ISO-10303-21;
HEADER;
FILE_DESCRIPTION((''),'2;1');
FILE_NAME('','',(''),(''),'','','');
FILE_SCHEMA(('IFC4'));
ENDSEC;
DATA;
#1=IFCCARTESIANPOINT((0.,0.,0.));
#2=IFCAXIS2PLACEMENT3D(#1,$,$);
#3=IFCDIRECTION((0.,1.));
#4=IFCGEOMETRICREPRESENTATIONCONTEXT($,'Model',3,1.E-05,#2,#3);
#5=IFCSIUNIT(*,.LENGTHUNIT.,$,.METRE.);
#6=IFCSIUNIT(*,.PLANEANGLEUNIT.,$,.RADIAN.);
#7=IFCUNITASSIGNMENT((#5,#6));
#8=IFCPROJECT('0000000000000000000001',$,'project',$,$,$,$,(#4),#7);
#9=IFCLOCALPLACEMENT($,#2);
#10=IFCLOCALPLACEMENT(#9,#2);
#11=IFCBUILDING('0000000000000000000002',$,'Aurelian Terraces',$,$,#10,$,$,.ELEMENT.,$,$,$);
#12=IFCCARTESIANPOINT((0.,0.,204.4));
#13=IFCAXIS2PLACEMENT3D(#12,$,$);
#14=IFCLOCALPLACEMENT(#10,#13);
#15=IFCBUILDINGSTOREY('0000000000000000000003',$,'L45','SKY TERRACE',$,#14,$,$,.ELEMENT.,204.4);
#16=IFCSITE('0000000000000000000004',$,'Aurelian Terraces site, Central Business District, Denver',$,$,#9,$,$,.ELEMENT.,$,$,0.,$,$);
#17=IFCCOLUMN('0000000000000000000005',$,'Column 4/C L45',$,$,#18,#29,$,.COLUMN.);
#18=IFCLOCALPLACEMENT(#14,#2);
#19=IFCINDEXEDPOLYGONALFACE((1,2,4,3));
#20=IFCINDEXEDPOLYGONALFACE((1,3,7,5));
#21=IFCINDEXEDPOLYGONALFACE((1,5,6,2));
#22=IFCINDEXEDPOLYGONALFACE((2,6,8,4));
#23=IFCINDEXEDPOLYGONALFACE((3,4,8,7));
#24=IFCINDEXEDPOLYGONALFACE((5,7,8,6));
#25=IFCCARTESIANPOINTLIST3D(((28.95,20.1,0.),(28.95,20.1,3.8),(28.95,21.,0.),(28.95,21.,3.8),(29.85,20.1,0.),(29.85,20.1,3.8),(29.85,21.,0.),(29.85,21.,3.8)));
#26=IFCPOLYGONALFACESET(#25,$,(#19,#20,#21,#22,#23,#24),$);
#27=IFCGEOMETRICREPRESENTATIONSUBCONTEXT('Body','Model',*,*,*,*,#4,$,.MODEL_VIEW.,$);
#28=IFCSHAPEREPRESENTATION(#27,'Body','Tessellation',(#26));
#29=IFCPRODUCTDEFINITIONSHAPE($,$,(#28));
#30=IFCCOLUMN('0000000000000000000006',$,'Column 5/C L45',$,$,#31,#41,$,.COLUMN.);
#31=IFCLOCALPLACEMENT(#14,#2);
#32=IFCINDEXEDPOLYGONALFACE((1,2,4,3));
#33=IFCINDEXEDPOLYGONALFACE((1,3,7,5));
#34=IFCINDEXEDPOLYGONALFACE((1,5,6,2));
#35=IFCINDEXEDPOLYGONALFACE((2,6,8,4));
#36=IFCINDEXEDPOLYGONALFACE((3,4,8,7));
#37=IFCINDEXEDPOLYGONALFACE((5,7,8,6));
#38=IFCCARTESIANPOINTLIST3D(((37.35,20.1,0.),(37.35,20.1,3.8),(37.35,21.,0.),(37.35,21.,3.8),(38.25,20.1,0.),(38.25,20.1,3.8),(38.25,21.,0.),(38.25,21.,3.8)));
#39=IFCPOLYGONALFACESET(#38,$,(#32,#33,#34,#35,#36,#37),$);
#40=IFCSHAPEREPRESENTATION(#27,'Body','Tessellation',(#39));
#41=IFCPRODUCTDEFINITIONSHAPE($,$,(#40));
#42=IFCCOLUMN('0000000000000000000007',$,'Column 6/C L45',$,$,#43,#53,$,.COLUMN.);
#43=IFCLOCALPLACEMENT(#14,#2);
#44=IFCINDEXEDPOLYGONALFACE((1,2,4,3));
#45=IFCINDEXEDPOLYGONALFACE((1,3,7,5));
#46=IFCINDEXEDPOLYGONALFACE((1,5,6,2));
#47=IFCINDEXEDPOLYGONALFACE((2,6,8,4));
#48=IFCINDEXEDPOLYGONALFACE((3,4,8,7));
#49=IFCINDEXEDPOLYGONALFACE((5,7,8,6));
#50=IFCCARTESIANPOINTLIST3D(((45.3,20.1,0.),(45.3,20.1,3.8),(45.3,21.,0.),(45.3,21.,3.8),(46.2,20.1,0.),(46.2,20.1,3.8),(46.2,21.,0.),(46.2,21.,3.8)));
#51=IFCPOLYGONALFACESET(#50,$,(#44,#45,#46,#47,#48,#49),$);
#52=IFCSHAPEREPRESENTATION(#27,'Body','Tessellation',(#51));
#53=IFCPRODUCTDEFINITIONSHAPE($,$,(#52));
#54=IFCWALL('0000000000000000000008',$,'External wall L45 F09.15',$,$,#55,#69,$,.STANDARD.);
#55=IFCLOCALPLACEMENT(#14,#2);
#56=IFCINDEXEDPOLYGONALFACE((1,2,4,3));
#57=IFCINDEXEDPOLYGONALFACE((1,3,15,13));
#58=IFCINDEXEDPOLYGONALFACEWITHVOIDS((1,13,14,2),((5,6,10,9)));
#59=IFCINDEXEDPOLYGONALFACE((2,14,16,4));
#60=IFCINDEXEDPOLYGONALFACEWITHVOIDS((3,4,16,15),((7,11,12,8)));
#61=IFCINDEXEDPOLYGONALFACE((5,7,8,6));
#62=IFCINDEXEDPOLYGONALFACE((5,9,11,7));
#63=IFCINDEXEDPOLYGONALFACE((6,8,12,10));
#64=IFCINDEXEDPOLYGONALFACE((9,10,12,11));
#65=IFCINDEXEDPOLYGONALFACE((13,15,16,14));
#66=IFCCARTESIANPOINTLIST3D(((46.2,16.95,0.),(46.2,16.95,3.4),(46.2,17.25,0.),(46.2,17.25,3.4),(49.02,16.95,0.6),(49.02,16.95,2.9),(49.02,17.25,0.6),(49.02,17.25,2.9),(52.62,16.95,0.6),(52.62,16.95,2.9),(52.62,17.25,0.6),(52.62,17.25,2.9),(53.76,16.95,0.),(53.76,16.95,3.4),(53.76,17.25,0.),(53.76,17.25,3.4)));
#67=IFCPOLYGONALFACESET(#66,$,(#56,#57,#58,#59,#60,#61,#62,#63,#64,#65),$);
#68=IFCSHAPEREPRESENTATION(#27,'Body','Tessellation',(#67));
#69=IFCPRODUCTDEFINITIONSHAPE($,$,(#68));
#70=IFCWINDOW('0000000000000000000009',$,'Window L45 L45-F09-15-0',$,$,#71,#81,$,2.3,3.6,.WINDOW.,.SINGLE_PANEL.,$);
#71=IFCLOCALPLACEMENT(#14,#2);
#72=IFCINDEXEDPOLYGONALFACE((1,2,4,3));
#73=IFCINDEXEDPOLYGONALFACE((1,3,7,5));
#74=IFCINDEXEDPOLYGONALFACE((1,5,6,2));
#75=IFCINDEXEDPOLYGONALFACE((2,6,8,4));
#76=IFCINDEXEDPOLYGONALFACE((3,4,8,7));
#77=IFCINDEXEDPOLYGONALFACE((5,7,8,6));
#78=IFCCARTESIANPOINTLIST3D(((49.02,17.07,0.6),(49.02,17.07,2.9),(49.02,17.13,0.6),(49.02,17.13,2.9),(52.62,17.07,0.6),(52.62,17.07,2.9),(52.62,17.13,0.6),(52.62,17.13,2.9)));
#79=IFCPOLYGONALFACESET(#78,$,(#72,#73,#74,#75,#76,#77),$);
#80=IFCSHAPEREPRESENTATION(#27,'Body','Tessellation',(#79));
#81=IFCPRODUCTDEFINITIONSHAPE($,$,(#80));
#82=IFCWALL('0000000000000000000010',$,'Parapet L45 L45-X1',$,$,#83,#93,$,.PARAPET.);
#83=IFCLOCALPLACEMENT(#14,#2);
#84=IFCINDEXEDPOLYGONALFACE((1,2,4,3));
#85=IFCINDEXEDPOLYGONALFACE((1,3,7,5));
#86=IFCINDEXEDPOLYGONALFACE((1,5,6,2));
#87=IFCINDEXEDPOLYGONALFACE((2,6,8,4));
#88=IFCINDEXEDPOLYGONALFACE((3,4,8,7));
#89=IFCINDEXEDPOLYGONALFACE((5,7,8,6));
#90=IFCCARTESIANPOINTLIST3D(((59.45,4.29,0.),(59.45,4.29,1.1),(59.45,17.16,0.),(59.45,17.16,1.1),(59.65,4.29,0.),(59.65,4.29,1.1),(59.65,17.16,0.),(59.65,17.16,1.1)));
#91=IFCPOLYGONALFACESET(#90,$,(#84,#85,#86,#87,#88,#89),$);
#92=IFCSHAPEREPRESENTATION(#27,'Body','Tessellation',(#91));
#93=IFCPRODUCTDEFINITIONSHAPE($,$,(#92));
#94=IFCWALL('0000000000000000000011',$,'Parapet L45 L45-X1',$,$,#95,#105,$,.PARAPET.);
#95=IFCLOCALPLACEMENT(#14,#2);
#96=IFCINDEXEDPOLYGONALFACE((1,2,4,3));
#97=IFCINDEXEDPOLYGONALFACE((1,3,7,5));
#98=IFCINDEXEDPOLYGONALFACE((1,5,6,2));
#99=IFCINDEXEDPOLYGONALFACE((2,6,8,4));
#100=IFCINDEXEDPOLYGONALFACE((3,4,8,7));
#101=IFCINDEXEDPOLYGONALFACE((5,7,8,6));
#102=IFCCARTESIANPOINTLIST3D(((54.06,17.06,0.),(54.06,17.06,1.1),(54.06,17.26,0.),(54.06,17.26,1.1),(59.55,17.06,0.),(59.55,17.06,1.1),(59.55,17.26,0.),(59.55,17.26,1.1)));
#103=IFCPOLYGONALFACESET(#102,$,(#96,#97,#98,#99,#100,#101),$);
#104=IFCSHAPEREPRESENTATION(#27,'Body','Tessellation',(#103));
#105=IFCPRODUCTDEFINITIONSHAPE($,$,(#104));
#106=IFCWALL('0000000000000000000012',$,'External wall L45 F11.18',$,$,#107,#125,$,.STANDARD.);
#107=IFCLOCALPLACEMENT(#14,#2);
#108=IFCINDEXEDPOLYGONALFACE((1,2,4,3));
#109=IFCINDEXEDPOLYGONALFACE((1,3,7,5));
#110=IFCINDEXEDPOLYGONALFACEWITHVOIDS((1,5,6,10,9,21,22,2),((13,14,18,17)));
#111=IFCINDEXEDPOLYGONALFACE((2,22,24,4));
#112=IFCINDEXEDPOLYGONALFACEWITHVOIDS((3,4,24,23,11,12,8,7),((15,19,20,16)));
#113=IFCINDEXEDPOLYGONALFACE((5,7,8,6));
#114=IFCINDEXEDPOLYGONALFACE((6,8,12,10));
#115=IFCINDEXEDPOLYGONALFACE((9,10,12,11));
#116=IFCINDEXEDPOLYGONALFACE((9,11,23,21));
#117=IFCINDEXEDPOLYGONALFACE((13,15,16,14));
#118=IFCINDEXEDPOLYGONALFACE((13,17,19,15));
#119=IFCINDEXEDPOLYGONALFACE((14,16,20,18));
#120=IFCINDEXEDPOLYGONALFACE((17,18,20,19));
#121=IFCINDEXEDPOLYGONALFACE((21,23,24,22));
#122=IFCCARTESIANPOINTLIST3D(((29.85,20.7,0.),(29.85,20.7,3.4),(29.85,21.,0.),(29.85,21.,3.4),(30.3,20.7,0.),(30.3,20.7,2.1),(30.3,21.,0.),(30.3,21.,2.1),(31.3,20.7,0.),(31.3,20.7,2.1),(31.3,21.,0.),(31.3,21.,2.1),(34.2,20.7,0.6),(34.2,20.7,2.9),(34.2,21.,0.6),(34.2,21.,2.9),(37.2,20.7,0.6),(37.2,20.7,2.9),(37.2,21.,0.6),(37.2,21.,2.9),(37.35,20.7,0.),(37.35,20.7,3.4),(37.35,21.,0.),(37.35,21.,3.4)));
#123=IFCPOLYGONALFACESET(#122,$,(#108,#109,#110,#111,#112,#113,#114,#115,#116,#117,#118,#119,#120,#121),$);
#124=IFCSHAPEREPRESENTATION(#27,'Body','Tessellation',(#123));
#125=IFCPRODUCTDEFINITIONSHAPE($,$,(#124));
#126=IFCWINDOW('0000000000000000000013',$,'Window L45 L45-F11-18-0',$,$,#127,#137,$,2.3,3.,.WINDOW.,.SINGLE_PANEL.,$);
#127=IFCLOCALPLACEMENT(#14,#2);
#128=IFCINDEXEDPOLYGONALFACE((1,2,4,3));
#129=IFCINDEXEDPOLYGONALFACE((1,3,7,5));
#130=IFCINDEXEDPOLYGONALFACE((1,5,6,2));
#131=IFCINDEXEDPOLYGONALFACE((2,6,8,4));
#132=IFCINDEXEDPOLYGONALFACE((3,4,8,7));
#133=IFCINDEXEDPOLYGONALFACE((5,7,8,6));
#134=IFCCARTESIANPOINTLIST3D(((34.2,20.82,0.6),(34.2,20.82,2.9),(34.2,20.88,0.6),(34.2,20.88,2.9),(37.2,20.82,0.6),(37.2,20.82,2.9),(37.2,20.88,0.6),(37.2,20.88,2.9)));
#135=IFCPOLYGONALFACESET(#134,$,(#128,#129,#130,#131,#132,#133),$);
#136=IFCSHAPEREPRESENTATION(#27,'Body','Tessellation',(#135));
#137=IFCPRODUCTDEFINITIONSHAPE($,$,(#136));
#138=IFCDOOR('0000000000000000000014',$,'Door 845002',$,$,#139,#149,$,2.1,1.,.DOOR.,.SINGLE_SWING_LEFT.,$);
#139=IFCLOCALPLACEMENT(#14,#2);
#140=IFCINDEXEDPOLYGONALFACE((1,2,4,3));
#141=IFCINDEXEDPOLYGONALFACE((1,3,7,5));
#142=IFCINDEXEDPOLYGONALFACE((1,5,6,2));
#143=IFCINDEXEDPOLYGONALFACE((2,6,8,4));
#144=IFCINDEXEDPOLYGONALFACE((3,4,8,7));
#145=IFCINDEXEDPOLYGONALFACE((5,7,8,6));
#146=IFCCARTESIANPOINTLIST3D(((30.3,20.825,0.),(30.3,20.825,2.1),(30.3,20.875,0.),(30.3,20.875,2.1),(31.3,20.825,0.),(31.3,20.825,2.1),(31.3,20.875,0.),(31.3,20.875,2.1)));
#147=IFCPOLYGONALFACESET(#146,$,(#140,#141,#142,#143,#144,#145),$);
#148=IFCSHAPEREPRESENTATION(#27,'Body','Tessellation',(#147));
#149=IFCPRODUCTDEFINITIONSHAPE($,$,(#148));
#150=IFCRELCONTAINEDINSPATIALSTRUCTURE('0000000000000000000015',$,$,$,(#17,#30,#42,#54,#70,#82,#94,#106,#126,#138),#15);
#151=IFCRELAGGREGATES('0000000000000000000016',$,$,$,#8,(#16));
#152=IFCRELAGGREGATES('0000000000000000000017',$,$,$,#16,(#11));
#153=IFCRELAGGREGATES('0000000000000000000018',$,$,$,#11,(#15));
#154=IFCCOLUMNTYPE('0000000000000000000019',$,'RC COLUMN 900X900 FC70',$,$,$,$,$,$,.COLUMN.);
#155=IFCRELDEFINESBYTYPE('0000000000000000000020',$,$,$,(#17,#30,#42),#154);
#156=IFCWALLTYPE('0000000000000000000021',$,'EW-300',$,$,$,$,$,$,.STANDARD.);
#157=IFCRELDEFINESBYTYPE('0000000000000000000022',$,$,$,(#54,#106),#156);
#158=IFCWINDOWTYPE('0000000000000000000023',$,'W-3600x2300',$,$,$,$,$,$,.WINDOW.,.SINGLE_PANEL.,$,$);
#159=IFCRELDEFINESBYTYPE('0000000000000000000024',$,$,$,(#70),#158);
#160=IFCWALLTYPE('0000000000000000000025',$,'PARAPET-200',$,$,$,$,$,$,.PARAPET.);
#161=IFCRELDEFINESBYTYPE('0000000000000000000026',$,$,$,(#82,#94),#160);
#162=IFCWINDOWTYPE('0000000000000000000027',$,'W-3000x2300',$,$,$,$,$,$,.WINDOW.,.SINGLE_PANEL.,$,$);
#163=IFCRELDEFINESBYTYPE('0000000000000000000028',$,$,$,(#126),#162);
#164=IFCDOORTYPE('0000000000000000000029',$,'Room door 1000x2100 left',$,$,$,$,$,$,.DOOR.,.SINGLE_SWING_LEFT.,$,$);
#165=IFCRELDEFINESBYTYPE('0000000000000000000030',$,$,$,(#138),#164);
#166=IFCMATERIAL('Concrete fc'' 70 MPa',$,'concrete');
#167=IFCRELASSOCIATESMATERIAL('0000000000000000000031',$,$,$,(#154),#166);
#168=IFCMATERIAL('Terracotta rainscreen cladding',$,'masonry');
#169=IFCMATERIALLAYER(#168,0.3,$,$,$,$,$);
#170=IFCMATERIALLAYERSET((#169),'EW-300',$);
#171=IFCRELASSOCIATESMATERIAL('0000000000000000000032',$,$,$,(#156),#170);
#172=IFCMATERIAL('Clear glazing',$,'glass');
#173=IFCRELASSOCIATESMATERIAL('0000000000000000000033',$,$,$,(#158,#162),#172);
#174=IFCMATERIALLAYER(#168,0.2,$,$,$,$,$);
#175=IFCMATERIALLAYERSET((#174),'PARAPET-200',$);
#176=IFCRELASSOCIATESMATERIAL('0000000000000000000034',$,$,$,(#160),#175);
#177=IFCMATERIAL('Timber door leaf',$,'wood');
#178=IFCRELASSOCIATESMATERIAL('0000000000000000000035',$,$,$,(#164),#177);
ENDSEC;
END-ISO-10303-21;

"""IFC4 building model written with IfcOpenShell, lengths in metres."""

from ifc_helpers import new_model, si_unit, direction, frame, frame_2d, origin, origin_2d, place, context, subcontext, project, spatial, rectangle, extrude, source, transform, mapped, material, layer, layer_set, material_profile, profile_set, type_object, element, fill, save


model = new_model("IFC4")

# Units and contexts
model_context = context("Model", 3, precision=1e-05, world=origin(), true_north=direction((0.0, 1.0)))
body_context = subcontext(model_context, "Body", "Model", "MODEL_VIEW")
ifc_project = project(units=[si_unit("LENGTHUNIT", "METRE"), si_unit("PLANEANGLEUNIT", "RADIAN")], contexts=[model_context])

# Site, building, storey
site_placement = place(None, origin())
site = spatial("IfcSite", under=ifc_project, at=site_placement, Name="Aurelian Terraces site, Central Business District, Denver", CompositionType="ELEMENT", RefElevation=0.0)
building_placement = place(site_placement, origin())
building = spatial("IfcBuilding", under=site, at=building_placement, Name="Aurelian Terraces", CompositionType="ELEMENT")
storey_placement = place(building_placement, frame((0.0, 0.0, 204.4)))
storey = spatial("IfcBuildingStorey", under=building, at=storey_placement, Name="L45", Description="SKY TERRACE", CompositionType="ELEMENT", Elevation=204.4)

# Columns
ifc_material_1 = material(Name="Concrete fc' 70 MPa", Category="concrete")
ifc_material_profile = material_profile(ifc_material_1, rectangle(XDim=0.9, YDim=0.9, at=origin_2d()))
ifc_profile_set = profile_set([ifc_material_profile], Name="Concrete fc' 70 MPa")
column_type = type_object("IfcColumnType", Name="RC COLUMN 900X900 FC70", PredefinedType="COLUMN", material=ifc_profile_set)
shared_shape_1 = source(origin(), body_context, "Body", "SweptSolid", [
    extrude(rectangle(XDim=0.9, YDim=0.9, at=origin_2d()), origin(), (0.0, 0.0, 1.0), 3.8),
])
for number, where, z_axis, x_axis, name in (
    (1, (29.4, 20.55, 0.0), (0.0, 0.0, 1.0), (1.0, 0.0, 0.0), "Column 4/C L45"),
    (2, (37.8, 20.55, 0.0), (0.0, 0.0, 1.0), (1.0, 0.0, 0.0), "Column 5/C L45"),
    (3, (45.75, 20.55, 0.0), (0.0, 0.0, 1.0), (1.0, 0.0, 0.0), "Column 6/C L45"),
):
    element("IfcColumn", number, at=place(storey_placement, frame(where, z_axis=z_axis, x_axis=x_axis)), inside=storey, type_object=column_type, Name=name, PredefinedType="COLUMN", context=body_context, shape_type="MappedRepresentation", body=[
        mapped(shared_shape_1, transform((0.0, 0.0, 0.0), scale=1.0)),
    ])

# Wall, opening, window
ifc_material_2 = material(Name="Terracotta rainscreen cladding", Category="masonry")
ifc_layer_1 = layer(ifc_material_2, 0.3)
ifc_layer_set_1 = layer_set([ifc_layer_1], Name="EW-300")
wall_type_1 = type_object("IfcWallType", Name="EW-300", PredefinedType="STANDARD", material=ifc_layer_set_1)
wall_1_placement = place(storey_placement, frame((53.76, 17.1, 0.0), z_axis=(0.0, 0.0, 1.0), x_axis=(-1.0, 0.0, 0.0)))
wall_1 = element("IfcWall", 4, at=wall_1_placement, inside=storey, type_object=wall_type_1, Name="External wall L45 F09.15", PredefinedType="STANDARD", context=body_context, shape_type="SweptSolid", body=[
    extrude(rectangle(XDim=7.56, YDim=0.3, at=frame_2d((3.78, 0.0))), origin(), (0.0, 0.0, 1.0), 3.4),
])
shared_shape_2 = source(origin(), body_context, "Body", "SweptSolid", [
    extrude(rectangle(XDim=3.6, YDim=2.3, at=frame_2d((1.8, 1.15))), frame((0.0, 0.16, 0.0), z_axis=(0.0, -1.0, 0.0), x_axis=(1.0, 0.0, 0.0)), (0.0, 0.0, 1.0), 0.32),
])
opening_1_placement = place(wall_1_placement, frame((1.14, 0.0, 0.6)))
opening_1 = element("IfcOpeningElement", 5, at=opening_1_placement, cuts=wall_1, PredefinedType="OPENING", context=body_context, shape_type="MappedRepresentation", body=[
    mapped(shared_shape_2, transform((0.0, 0.0, 0.0), scale=1.0)),
])
ifc_material_3 = material(Name="Clear glazing", Category="glass")
window_type_1 = type_object("IfcWindowType", Name="W-3600x2300", PartitioningType="SINGLE_PANEL", PredefinedType="WINDOW", material=ifc_material_3)
shared_shape_3 = source(origin(), body_context, "Body", "SweptSolid", [
    extrude(rectangle(XDim=3.6, YDim=2.3, at=frame_2d((1.8, 1.15))), frame((0.0, 0.03, 0.0), z_axis=(0.0, -1.0, 0.0), x_axis=(1.0, 0.0, 0.0)), (0.0, 0.0, 1.0), 0.06),
])
window_1_placement = place(opening_1_placement, origin())
window_1 = element("IfcWindow", 6, at=window_1_placement, inside=storey, type_object=window_type_1, Name="Window L45 L45-F09-15-0", OverallHeight=2.3, OverallWidth=3.6, PartitioningType="SINGLE_PANEL", PredefinedType="WINDOW", context=body_context, shape_type="MappedRepresentation", body=[
    mapped(shared_shape_3, transform((0.0, 0.0, 0.0), scale=1.0)),
])
fill(opening_1, window_1)

# Walls
ifc_layer_2 = layer(ifc_material_2, 0.2)
ifc_layer_set_2 = layer_set([ifc_layer_2], Name="PARAPET-200")
wall_type_2 = type_object("IfcWallType", Name="PARAPET-200", PredefinedType="PARAPET", material=ifc_layer_set_2)
wall_2_placement = place(storey_placement, frame((59.55, 17.16, 0.0), z_axis=(0.0, 0.0, 1.0), x_axis=(0.0, -1.0, 0.0)))
element("IfcWall", 7, at=wall_2_placement, inside=storey, type_object=wall_type_2, Name="Parapet L45 L45-X1", PredefinedType="PARAPET", context=body_context, shape_type="SweptSolid", body=[
    extrude(rectangle(XDim=12.87, YDim=0.2, at=frame_2d((6.435, 0.0))), origin(), (0.0, 0.0, 1.0), 1.1),
])
shared_shape_4 = source(origin(), body_context, "Body", "SweptSolid", [
    extrude(rectangle(XDim=5.49, YDim=0.2, at=frame_2d((2.745, 0.0))), origin(), (0.0, 0.0, 1.0), 1.1),
])
wall_3_placement = place(storey_placement, frame((54.06, 17.16, 0.0), z_axis=(0.0, 0.0, 1.0), x_axis=(1.0, 0.0, 0.0)))
element("IfcWall", 8, at=wall_3_placement, inside=storey, type_object=wall_type_2, Name="Parapet L45 L45-X1", PredefinedType="PARAPET", context=body_context, shape_type="MappedRepresentation", body=[
    mapped(shared_shape_4, transform((0.0, 0.0, 0.0), scale=1.0)),
])

# Wall, openings, window, door
shared_shape_5 = source(origin(), body_context, "Body", "SweptSolid", [
    extrude(rectangle(XDim=7.5, YDim=0.3, at=frame_2d((3.75, 0.0))), origin(), (0.0, 0.0, 1.0), 3.4),
])
wall_4_placement = place(storey_placement, frame((37.35, 20.85, 0.0), z_axis=(0.0, 0.0, 1.0), x_axis=(-1.0, 0.0, 0.0)))
wall_4 = element("IfcWall", 9, at=wall_4_placement, inside=storey, type_object=wall_type_1, Name="External wall L45 F11.18", PredefinedType="STANDARD", context=body_context, shape_type="MappedRepresentation", body=[
    mapped(shared_shape_5, transform((0.0, 0.0, 0.0), scale=1.0)),
])
shared_shape_6 = source(origin(), body_context, "Body", "SweptSolid", [
    extrude(rectangle(XDim=3.0, YDim=2.3, at=frame_2d((1.5, 1.15))), frame((0.0, 0.16, 0.0), z_axis=(0.0, -1.0, 0.0), x_axis=(1.0, 0.0, 0.0)), (0.0, 0.0, 1.0), 0.32),
])
opening_2_placement = place(wall_4_placement, frame((0.15, 0.0, 0.6)))
opening_2 = element("IfcOpeningElement", 10, at=opening_2_placement, cuts=wall_4, PredefinedType="OPENING", context=body_context, shape_type="MappedRepresentation", body=[
    mapped(shared_shape_6, transform((0.0, 0.0, 0.0), scale=1.0)),
])
shared_shape_7 = source(origin(), body_context, "Body", "SweptSolid", [
    extrude(rectangle(XDim=1.0, YDim=2.1, at=frame_2d((0.5, 1.05))), frame((0.0, 0.16, 0.0), z_axis=(0.0, -1.0, 0.0), x_axis=(1.0, 0.0, 0.0)), (0.0, 0.0, 1.0), 0.32),
])
opening_3_placement = place(wall_4_placement, frame((6.05, 0.0, 0.0)))
opening_3 = element("IfcOpeningElement", 11, at=opening_3_placement, cuts=wall_4, PredefinedType="OPENING", context=body_context, shape_type="MappedRepresentation", body=[
    mapped(shared_shape_7, transform((0.0, 0.0, 0.0), scale=1.0)),
])
window_type_2 = type_object("IfcWindowType", Name="W-3000x2300", PartitioningType="SINGLE_PANEL", PredefinedType="WINDOW", material=ifc_material_3)
shared_shape_8 = source(origin(), body_context, "Body", "SweptSolid", [
    extrude(rectangle(XDim=3.0, YDim=2.3, at=frame_2d((1.5, 1.15))), frame((0.0, 0.03, 0.0), z_axis=(0.0, -1.0, 0.0), x_axis=(1.0, 0.0, 0.0)), (0.0, 0.0, 1.0), 0.06),
])
window_2_placement = place(opening_2_placement, origin())
window_2 = element("IfcWindow", 12, at=window_2_placement, inside=storey, type_object=window_type_2, Name="Window L45 L45-F11-18-0", OverallHeight=2.3, OverallWidth=3.0, PartitioningType="SINGLE_PANEL", PredefinedType="WINDOW", context=body_context, shape_type="MappedRepresentation", body=[
    mapped(shared_shape_8, transform((0.0, 0.0, 0.0), scale=1.0)),
])
fill(opening_2, window_2)
ifc_material_4 = material(Name="Timber door leaf", Category="wood")
door_type = type_object("IfcDoorType", Name="Room door 1000x2100 left", OperationType="SINGLE_SWING_LEFT", PredefinedType="DOOR", material=ifc_material_4)
shared_shape_9 = source(origin(), body_context, "Body", "SweptSolid", [
    extrude(rectangle(XDim=1.0, YDim=2.1, at=frame_2d((0.5, 1.05))), frame((0.0, 0.025, 0.0), z_axis=(0.0, -1.0, 0.0), x_axis=(1.0, 0.0, 0.0)), (0.0, 0.0, 1.0), 0.05),
])
door_placement = place(opening_3_placement, origin())
door = element("IfcDoor", 13, at=door_placement, inside=storey, type_object=door_type, Name="Door 845002", OperationType="SINGLE_SWING_LEFT", OverallHeight=2.1, OverallWidth=1.0, PredefinedType="DOOR", context=body_context, shape_type="MappedRepresentation", body=[
    mapped(shared_shape_9, transform((0.0, 0.0, 0.0), scale=1.0)),
])
fill(opening_3, door)

save(model, "model.ifc")
